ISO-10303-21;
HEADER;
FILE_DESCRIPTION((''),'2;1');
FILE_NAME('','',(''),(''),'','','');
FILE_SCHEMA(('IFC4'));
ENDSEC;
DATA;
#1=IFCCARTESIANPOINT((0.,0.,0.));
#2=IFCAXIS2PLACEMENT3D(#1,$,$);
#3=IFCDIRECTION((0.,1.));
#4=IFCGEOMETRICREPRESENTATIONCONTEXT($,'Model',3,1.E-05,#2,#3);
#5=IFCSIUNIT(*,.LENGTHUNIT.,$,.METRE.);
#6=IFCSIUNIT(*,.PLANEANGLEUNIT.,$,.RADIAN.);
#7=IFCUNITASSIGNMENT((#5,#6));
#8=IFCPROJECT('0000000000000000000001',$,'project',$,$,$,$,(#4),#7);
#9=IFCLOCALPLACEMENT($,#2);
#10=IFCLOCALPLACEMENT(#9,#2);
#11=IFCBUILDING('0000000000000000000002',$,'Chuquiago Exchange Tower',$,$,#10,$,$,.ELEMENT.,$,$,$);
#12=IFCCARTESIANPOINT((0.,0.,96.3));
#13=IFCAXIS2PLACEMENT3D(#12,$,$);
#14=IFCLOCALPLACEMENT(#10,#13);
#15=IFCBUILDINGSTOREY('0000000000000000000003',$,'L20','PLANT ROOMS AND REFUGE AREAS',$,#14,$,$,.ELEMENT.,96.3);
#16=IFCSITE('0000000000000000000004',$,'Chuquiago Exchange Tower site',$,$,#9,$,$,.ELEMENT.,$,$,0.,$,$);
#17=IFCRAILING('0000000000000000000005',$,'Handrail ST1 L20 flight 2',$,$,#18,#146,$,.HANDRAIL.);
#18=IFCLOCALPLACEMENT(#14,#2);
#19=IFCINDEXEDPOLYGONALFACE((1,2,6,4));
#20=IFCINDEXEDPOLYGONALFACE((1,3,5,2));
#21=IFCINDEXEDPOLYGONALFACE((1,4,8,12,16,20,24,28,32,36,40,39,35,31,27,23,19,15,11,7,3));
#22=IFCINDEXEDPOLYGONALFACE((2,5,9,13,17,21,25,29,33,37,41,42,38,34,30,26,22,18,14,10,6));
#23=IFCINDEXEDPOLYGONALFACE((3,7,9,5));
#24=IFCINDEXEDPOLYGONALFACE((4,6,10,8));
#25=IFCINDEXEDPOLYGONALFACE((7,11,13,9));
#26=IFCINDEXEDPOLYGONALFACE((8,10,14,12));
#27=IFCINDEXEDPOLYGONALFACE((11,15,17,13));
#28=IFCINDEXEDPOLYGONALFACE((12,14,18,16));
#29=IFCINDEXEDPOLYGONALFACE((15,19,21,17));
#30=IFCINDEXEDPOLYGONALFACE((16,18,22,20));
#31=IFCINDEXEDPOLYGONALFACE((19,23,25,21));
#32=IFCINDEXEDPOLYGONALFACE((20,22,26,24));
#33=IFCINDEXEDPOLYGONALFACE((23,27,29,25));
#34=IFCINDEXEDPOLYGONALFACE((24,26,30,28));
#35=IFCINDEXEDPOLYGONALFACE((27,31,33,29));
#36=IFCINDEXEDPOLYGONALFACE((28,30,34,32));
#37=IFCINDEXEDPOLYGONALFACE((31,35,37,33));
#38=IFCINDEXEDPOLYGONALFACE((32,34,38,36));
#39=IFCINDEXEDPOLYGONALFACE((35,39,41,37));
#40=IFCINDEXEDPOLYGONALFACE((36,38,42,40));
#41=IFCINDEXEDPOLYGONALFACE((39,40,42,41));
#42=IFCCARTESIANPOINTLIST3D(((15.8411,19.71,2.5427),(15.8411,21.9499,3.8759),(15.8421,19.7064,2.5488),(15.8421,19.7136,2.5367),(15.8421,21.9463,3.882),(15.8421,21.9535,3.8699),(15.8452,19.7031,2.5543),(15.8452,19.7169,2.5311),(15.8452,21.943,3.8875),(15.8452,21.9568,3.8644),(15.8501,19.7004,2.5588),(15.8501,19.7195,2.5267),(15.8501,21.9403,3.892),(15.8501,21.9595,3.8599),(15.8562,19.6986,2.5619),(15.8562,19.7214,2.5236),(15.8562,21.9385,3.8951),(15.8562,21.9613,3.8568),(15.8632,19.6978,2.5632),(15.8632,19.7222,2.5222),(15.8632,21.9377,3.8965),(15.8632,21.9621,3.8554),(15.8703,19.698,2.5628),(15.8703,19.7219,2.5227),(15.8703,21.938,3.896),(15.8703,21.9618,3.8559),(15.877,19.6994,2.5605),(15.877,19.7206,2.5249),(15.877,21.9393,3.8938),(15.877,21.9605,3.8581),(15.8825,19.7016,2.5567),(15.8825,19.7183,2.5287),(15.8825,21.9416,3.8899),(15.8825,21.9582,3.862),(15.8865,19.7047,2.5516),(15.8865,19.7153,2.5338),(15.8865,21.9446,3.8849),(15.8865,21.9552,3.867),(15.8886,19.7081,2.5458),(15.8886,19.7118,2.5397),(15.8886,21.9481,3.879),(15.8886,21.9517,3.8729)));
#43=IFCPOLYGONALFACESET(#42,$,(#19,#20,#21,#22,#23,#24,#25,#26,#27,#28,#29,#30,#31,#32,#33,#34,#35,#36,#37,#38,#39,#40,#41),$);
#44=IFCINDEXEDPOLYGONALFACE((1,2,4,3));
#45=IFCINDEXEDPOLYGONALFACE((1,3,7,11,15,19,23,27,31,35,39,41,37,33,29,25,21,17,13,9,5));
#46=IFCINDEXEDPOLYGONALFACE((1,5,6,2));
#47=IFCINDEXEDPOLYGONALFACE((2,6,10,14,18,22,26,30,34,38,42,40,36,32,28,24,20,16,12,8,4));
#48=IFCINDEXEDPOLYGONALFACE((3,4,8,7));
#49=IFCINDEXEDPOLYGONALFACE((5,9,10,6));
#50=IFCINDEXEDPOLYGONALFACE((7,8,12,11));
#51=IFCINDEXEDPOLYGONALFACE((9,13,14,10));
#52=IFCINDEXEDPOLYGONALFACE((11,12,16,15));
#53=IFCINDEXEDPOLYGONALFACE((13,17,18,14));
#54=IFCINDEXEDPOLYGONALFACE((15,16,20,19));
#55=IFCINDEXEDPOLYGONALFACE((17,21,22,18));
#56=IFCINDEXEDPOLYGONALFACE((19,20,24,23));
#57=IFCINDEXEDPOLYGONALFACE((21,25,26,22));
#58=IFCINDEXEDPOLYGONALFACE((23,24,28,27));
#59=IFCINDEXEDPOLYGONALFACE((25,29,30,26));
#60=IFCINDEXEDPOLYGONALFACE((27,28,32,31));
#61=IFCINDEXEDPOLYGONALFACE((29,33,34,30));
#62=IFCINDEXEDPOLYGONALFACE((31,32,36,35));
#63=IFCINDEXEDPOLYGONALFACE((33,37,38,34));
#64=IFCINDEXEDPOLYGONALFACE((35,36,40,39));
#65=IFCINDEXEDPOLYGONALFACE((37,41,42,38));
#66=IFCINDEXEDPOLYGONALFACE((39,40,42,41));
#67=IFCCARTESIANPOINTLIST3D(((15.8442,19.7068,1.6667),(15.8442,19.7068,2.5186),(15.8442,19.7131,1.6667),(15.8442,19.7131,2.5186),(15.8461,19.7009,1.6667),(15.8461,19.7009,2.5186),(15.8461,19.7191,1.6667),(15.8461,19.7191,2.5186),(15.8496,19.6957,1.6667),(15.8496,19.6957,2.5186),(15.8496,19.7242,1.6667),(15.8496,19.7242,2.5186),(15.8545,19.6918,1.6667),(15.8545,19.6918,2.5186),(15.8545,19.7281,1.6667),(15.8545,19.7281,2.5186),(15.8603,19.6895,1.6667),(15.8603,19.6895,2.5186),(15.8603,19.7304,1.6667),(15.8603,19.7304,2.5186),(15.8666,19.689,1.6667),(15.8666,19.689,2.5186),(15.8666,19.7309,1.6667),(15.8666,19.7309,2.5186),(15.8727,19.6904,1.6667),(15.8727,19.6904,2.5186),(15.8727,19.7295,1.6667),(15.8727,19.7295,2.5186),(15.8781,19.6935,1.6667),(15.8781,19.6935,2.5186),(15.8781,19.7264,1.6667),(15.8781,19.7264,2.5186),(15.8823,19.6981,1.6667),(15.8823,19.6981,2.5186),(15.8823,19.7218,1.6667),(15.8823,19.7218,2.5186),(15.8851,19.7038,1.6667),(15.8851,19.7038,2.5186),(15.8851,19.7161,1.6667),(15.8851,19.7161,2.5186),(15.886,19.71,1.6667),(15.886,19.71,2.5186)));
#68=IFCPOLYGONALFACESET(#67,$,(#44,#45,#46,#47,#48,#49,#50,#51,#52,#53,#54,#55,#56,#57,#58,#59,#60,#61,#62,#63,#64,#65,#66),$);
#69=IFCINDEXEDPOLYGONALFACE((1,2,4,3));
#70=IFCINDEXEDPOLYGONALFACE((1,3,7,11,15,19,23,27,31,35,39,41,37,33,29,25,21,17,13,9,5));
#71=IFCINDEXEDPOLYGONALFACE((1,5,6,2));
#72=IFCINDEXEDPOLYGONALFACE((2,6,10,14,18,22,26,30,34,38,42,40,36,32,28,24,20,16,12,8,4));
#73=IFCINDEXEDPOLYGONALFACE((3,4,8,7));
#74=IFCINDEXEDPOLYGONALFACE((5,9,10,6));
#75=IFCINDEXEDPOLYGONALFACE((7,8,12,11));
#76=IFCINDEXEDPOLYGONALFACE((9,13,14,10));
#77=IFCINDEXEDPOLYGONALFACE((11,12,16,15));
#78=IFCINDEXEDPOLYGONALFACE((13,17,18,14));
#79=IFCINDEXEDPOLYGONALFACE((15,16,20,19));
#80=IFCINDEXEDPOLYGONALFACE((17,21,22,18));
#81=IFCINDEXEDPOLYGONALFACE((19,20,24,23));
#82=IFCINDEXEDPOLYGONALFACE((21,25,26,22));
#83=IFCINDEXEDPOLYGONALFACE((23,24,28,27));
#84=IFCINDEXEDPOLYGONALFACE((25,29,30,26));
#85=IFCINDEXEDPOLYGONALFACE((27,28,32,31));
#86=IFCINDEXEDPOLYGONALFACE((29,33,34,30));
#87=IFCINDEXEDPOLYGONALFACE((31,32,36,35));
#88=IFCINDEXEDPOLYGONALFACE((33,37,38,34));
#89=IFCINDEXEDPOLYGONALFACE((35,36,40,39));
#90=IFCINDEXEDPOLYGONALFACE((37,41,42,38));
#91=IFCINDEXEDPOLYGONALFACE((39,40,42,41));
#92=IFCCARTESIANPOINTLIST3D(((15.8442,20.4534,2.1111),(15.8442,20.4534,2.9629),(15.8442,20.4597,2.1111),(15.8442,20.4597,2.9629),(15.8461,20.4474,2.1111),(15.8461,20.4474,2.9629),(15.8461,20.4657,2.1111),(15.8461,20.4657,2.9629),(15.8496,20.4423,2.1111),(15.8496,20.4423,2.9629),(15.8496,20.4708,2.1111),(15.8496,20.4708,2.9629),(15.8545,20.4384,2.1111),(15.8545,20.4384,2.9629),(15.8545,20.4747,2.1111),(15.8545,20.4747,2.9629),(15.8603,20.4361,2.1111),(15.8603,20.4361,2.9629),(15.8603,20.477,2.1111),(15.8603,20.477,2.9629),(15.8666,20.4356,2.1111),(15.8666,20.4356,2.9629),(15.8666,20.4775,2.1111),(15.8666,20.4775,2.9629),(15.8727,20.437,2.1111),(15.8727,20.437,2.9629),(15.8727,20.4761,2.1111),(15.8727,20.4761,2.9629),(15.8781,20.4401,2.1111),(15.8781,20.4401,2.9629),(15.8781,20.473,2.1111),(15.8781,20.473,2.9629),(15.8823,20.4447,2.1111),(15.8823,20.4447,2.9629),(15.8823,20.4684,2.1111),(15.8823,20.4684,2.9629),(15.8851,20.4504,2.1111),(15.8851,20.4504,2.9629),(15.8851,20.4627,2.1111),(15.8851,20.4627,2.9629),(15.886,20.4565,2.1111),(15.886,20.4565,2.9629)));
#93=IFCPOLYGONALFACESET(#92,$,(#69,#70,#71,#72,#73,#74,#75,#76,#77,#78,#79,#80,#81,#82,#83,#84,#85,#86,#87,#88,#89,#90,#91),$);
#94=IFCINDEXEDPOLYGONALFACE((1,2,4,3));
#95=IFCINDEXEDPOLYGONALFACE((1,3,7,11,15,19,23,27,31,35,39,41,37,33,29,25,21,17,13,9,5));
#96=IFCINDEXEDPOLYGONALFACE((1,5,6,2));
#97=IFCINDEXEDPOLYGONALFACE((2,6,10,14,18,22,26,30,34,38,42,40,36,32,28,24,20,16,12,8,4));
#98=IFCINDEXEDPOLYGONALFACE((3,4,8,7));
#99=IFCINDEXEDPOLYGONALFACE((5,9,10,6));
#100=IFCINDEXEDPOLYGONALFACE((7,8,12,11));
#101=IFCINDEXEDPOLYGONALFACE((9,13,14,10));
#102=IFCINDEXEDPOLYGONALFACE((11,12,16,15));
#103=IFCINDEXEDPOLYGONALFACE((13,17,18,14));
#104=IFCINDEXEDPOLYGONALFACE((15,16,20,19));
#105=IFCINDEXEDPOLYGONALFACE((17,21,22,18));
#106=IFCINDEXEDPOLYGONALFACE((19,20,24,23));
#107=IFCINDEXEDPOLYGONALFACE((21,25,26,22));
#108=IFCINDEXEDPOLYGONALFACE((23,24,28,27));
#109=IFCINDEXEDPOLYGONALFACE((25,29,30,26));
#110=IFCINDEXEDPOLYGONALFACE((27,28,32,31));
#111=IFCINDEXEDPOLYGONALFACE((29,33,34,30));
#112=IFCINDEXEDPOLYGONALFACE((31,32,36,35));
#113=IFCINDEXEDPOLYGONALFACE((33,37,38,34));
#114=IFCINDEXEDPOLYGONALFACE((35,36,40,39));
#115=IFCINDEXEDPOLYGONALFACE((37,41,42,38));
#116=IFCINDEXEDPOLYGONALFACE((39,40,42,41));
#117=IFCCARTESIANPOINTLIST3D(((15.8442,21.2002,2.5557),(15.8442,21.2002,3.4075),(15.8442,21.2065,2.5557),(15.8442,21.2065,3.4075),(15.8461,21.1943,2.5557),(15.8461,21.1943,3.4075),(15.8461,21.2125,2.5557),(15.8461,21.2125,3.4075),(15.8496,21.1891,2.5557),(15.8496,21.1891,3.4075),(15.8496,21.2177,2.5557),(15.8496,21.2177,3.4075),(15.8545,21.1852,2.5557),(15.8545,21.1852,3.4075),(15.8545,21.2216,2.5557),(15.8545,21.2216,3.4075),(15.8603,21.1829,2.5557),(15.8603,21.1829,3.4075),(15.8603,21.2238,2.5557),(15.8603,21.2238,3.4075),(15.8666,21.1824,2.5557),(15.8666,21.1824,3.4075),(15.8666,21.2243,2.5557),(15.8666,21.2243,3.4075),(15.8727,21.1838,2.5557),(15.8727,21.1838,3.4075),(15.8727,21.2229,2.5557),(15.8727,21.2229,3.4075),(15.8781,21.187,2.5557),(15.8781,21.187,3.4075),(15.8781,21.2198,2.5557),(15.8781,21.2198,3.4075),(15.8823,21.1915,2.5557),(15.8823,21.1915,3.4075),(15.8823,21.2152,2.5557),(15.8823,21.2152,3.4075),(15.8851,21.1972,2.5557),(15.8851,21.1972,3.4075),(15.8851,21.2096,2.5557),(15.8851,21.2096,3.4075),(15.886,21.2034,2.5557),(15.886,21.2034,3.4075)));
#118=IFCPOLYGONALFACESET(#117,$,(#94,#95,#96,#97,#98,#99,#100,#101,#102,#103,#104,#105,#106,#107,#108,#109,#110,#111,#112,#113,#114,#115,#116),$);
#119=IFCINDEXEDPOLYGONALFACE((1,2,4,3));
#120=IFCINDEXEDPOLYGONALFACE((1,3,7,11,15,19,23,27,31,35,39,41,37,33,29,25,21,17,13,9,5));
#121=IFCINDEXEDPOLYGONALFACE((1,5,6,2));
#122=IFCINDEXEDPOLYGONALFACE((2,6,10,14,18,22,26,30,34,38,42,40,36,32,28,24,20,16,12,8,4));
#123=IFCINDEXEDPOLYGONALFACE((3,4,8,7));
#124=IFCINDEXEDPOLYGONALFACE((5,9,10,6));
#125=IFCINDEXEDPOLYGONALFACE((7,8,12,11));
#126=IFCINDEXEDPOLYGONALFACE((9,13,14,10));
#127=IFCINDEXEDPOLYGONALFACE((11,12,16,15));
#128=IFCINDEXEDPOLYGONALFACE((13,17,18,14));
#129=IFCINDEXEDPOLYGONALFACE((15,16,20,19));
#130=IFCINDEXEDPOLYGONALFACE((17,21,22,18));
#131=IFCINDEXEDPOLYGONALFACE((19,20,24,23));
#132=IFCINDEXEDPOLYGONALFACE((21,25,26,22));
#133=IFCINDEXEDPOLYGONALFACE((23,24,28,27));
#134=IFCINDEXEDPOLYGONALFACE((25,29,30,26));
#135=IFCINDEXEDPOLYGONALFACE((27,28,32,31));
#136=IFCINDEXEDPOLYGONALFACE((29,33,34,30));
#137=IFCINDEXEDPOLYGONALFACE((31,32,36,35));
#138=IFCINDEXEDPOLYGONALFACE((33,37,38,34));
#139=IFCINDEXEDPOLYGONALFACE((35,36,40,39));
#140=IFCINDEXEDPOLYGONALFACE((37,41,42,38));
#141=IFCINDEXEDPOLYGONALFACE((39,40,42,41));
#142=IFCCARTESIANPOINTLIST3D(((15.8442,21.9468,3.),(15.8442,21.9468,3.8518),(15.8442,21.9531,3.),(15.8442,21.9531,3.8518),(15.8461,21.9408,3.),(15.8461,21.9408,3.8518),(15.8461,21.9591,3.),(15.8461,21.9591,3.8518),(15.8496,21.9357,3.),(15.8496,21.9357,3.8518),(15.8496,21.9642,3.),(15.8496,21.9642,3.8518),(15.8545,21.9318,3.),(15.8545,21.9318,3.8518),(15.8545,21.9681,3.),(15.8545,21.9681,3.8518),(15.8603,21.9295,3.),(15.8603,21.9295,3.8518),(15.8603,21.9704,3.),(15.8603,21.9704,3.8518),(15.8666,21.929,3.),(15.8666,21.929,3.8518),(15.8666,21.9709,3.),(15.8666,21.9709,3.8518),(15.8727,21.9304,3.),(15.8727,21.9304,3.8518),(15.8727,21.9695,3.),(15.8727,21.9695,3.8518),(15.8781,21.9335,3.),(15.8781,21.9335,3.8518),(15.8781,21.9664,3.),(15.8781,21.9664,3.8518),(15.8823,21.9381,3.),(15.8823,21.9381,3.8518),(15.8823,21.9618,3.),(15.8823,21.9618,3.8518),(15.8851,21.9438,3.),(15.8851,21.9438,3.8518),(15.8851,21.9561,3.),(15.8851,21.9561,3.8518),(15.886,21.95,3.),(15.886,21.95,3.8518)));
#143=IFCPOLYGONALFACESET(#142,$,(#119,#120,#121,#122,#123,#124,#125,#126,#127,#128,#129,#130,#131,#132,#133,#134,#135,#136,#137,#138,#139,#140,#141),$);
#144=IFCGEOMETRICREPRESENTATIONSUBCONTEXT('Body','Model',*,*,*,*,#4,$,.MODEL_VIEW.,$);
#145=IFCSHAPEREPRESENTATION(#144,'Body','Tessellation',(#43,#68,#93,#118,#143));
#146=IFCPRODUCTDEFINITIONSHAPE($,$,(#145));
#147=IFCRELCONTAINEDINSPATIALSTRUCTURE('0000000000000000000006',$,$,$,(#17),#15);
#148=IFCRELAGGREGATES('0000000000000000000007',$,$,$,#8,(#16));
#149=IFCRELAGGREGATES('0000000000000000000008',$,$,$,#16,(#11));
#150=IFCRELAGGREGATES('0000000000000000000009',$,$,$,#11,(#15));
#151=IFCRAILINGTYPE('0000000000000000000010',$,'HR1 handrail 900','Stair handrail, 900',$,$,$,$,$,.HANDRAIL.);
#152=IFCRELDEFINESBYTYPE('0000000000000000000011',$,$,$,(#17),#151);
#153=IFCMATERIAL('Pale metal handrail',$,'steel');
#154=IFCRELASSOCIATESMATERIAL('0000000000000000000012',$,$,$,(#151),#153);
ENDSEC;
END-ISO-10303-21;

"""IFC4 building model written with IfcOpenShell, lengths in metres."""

from ifc_helpers import new_model, si_unit, direction, frame, origin, origin_2d, place, context, subcontext, project, spatial, circle, extrude, material, type_object, element, save


model = new_model("IFC4")

# Units and contexts
model_context = context("Model", 3, precision=1e-05, world=origin(), true_north=direction((0.0, 1.0)))
body_context = subcontext(model_context, "Body", "Model", "MODEL_VIEW")
ifc_project = project(units=[si_unit("LENGTHUNIT", "METRE"), si_unit("PLANEANGLEUNIT", "RADIAN")], contexts=[model_context])

# Site, building, storey
site_placement = place(None, origin())
site = spatial("IfcSite", under=ifc_project, at=site_placement, Name="Chuquiago Exchange Tower site", CompositionType="ELEMENT", RefElevation=0.0)
building_placement = place(site_placement, origin())
building = spatial("IfcBuilding", under=site, at=building_placement, Name="Chuquiago Exchange Tower", CompositionType="ELEMENT")
storey_placement = place(building_placement, frame((0.0, 0.0, 96.3)))
storey = spatial("IfcBuildingStorey", under=building, at=storey_placement, Name="L20", Description="PLANT ROOMS AND REFUGE AREAS", CompositionType="ELEMENT", Elevation=96.3)

# Railing
ifc_material_1 = material(Name="Pale metal handrail", Category="steel")
railing_type_1 = type_object("IfcRailingType", Name="HR1 handrail 900", Description="Stair handrail, 900", PredefinedType="HANDRAIL", material=ifc_material_1)
for number, where, name in (
    (1, (15.865, 19.71, 1.6667), "Handrail ST1 L20 flight 2"),
):
    element("IfcRailing", number, at=place(storey_placement, frame(where)), inside=storey, type_object=railing_type_1, Name=name, PredefinedType="HANDRAIL", context=body_context, shape_type="SweptSolid", body=[
        extrude(circle(Radius=0.0239, at=origin_2d()), frame((0.0, 0.0, 0.876), z_axis=(0.0, 0.859306, 0.511462), x_axis=(-1.0, 0.0, 0.0)), (0.0, 0.0, 1.0), 2.6067),
        extrude(circle(Radius=0.021, at=origin_2d()), origin(), (0.0, 0.0, 1.0), 0.8518),
        extrude(circle(Radius=0.021, at=origin_2d()), frame((0.0, 0.7466, 0.4443)), (0.0, 0.0, 1.0), 0.8518),
        extrude(circle(Radius=0.021, at=origin_2d()), frame((0.0, 1.4934, 0.8889)), (0.0, 0.0, 1.0), 0.8518),
        extrude(circle(Radius=0.021, at=origin_2d()), frame((0.0, 2.24, 1.3333)), (0.0, 0.0, 1.0), 0.8518),
    ])

save(model, "model.ifc")
